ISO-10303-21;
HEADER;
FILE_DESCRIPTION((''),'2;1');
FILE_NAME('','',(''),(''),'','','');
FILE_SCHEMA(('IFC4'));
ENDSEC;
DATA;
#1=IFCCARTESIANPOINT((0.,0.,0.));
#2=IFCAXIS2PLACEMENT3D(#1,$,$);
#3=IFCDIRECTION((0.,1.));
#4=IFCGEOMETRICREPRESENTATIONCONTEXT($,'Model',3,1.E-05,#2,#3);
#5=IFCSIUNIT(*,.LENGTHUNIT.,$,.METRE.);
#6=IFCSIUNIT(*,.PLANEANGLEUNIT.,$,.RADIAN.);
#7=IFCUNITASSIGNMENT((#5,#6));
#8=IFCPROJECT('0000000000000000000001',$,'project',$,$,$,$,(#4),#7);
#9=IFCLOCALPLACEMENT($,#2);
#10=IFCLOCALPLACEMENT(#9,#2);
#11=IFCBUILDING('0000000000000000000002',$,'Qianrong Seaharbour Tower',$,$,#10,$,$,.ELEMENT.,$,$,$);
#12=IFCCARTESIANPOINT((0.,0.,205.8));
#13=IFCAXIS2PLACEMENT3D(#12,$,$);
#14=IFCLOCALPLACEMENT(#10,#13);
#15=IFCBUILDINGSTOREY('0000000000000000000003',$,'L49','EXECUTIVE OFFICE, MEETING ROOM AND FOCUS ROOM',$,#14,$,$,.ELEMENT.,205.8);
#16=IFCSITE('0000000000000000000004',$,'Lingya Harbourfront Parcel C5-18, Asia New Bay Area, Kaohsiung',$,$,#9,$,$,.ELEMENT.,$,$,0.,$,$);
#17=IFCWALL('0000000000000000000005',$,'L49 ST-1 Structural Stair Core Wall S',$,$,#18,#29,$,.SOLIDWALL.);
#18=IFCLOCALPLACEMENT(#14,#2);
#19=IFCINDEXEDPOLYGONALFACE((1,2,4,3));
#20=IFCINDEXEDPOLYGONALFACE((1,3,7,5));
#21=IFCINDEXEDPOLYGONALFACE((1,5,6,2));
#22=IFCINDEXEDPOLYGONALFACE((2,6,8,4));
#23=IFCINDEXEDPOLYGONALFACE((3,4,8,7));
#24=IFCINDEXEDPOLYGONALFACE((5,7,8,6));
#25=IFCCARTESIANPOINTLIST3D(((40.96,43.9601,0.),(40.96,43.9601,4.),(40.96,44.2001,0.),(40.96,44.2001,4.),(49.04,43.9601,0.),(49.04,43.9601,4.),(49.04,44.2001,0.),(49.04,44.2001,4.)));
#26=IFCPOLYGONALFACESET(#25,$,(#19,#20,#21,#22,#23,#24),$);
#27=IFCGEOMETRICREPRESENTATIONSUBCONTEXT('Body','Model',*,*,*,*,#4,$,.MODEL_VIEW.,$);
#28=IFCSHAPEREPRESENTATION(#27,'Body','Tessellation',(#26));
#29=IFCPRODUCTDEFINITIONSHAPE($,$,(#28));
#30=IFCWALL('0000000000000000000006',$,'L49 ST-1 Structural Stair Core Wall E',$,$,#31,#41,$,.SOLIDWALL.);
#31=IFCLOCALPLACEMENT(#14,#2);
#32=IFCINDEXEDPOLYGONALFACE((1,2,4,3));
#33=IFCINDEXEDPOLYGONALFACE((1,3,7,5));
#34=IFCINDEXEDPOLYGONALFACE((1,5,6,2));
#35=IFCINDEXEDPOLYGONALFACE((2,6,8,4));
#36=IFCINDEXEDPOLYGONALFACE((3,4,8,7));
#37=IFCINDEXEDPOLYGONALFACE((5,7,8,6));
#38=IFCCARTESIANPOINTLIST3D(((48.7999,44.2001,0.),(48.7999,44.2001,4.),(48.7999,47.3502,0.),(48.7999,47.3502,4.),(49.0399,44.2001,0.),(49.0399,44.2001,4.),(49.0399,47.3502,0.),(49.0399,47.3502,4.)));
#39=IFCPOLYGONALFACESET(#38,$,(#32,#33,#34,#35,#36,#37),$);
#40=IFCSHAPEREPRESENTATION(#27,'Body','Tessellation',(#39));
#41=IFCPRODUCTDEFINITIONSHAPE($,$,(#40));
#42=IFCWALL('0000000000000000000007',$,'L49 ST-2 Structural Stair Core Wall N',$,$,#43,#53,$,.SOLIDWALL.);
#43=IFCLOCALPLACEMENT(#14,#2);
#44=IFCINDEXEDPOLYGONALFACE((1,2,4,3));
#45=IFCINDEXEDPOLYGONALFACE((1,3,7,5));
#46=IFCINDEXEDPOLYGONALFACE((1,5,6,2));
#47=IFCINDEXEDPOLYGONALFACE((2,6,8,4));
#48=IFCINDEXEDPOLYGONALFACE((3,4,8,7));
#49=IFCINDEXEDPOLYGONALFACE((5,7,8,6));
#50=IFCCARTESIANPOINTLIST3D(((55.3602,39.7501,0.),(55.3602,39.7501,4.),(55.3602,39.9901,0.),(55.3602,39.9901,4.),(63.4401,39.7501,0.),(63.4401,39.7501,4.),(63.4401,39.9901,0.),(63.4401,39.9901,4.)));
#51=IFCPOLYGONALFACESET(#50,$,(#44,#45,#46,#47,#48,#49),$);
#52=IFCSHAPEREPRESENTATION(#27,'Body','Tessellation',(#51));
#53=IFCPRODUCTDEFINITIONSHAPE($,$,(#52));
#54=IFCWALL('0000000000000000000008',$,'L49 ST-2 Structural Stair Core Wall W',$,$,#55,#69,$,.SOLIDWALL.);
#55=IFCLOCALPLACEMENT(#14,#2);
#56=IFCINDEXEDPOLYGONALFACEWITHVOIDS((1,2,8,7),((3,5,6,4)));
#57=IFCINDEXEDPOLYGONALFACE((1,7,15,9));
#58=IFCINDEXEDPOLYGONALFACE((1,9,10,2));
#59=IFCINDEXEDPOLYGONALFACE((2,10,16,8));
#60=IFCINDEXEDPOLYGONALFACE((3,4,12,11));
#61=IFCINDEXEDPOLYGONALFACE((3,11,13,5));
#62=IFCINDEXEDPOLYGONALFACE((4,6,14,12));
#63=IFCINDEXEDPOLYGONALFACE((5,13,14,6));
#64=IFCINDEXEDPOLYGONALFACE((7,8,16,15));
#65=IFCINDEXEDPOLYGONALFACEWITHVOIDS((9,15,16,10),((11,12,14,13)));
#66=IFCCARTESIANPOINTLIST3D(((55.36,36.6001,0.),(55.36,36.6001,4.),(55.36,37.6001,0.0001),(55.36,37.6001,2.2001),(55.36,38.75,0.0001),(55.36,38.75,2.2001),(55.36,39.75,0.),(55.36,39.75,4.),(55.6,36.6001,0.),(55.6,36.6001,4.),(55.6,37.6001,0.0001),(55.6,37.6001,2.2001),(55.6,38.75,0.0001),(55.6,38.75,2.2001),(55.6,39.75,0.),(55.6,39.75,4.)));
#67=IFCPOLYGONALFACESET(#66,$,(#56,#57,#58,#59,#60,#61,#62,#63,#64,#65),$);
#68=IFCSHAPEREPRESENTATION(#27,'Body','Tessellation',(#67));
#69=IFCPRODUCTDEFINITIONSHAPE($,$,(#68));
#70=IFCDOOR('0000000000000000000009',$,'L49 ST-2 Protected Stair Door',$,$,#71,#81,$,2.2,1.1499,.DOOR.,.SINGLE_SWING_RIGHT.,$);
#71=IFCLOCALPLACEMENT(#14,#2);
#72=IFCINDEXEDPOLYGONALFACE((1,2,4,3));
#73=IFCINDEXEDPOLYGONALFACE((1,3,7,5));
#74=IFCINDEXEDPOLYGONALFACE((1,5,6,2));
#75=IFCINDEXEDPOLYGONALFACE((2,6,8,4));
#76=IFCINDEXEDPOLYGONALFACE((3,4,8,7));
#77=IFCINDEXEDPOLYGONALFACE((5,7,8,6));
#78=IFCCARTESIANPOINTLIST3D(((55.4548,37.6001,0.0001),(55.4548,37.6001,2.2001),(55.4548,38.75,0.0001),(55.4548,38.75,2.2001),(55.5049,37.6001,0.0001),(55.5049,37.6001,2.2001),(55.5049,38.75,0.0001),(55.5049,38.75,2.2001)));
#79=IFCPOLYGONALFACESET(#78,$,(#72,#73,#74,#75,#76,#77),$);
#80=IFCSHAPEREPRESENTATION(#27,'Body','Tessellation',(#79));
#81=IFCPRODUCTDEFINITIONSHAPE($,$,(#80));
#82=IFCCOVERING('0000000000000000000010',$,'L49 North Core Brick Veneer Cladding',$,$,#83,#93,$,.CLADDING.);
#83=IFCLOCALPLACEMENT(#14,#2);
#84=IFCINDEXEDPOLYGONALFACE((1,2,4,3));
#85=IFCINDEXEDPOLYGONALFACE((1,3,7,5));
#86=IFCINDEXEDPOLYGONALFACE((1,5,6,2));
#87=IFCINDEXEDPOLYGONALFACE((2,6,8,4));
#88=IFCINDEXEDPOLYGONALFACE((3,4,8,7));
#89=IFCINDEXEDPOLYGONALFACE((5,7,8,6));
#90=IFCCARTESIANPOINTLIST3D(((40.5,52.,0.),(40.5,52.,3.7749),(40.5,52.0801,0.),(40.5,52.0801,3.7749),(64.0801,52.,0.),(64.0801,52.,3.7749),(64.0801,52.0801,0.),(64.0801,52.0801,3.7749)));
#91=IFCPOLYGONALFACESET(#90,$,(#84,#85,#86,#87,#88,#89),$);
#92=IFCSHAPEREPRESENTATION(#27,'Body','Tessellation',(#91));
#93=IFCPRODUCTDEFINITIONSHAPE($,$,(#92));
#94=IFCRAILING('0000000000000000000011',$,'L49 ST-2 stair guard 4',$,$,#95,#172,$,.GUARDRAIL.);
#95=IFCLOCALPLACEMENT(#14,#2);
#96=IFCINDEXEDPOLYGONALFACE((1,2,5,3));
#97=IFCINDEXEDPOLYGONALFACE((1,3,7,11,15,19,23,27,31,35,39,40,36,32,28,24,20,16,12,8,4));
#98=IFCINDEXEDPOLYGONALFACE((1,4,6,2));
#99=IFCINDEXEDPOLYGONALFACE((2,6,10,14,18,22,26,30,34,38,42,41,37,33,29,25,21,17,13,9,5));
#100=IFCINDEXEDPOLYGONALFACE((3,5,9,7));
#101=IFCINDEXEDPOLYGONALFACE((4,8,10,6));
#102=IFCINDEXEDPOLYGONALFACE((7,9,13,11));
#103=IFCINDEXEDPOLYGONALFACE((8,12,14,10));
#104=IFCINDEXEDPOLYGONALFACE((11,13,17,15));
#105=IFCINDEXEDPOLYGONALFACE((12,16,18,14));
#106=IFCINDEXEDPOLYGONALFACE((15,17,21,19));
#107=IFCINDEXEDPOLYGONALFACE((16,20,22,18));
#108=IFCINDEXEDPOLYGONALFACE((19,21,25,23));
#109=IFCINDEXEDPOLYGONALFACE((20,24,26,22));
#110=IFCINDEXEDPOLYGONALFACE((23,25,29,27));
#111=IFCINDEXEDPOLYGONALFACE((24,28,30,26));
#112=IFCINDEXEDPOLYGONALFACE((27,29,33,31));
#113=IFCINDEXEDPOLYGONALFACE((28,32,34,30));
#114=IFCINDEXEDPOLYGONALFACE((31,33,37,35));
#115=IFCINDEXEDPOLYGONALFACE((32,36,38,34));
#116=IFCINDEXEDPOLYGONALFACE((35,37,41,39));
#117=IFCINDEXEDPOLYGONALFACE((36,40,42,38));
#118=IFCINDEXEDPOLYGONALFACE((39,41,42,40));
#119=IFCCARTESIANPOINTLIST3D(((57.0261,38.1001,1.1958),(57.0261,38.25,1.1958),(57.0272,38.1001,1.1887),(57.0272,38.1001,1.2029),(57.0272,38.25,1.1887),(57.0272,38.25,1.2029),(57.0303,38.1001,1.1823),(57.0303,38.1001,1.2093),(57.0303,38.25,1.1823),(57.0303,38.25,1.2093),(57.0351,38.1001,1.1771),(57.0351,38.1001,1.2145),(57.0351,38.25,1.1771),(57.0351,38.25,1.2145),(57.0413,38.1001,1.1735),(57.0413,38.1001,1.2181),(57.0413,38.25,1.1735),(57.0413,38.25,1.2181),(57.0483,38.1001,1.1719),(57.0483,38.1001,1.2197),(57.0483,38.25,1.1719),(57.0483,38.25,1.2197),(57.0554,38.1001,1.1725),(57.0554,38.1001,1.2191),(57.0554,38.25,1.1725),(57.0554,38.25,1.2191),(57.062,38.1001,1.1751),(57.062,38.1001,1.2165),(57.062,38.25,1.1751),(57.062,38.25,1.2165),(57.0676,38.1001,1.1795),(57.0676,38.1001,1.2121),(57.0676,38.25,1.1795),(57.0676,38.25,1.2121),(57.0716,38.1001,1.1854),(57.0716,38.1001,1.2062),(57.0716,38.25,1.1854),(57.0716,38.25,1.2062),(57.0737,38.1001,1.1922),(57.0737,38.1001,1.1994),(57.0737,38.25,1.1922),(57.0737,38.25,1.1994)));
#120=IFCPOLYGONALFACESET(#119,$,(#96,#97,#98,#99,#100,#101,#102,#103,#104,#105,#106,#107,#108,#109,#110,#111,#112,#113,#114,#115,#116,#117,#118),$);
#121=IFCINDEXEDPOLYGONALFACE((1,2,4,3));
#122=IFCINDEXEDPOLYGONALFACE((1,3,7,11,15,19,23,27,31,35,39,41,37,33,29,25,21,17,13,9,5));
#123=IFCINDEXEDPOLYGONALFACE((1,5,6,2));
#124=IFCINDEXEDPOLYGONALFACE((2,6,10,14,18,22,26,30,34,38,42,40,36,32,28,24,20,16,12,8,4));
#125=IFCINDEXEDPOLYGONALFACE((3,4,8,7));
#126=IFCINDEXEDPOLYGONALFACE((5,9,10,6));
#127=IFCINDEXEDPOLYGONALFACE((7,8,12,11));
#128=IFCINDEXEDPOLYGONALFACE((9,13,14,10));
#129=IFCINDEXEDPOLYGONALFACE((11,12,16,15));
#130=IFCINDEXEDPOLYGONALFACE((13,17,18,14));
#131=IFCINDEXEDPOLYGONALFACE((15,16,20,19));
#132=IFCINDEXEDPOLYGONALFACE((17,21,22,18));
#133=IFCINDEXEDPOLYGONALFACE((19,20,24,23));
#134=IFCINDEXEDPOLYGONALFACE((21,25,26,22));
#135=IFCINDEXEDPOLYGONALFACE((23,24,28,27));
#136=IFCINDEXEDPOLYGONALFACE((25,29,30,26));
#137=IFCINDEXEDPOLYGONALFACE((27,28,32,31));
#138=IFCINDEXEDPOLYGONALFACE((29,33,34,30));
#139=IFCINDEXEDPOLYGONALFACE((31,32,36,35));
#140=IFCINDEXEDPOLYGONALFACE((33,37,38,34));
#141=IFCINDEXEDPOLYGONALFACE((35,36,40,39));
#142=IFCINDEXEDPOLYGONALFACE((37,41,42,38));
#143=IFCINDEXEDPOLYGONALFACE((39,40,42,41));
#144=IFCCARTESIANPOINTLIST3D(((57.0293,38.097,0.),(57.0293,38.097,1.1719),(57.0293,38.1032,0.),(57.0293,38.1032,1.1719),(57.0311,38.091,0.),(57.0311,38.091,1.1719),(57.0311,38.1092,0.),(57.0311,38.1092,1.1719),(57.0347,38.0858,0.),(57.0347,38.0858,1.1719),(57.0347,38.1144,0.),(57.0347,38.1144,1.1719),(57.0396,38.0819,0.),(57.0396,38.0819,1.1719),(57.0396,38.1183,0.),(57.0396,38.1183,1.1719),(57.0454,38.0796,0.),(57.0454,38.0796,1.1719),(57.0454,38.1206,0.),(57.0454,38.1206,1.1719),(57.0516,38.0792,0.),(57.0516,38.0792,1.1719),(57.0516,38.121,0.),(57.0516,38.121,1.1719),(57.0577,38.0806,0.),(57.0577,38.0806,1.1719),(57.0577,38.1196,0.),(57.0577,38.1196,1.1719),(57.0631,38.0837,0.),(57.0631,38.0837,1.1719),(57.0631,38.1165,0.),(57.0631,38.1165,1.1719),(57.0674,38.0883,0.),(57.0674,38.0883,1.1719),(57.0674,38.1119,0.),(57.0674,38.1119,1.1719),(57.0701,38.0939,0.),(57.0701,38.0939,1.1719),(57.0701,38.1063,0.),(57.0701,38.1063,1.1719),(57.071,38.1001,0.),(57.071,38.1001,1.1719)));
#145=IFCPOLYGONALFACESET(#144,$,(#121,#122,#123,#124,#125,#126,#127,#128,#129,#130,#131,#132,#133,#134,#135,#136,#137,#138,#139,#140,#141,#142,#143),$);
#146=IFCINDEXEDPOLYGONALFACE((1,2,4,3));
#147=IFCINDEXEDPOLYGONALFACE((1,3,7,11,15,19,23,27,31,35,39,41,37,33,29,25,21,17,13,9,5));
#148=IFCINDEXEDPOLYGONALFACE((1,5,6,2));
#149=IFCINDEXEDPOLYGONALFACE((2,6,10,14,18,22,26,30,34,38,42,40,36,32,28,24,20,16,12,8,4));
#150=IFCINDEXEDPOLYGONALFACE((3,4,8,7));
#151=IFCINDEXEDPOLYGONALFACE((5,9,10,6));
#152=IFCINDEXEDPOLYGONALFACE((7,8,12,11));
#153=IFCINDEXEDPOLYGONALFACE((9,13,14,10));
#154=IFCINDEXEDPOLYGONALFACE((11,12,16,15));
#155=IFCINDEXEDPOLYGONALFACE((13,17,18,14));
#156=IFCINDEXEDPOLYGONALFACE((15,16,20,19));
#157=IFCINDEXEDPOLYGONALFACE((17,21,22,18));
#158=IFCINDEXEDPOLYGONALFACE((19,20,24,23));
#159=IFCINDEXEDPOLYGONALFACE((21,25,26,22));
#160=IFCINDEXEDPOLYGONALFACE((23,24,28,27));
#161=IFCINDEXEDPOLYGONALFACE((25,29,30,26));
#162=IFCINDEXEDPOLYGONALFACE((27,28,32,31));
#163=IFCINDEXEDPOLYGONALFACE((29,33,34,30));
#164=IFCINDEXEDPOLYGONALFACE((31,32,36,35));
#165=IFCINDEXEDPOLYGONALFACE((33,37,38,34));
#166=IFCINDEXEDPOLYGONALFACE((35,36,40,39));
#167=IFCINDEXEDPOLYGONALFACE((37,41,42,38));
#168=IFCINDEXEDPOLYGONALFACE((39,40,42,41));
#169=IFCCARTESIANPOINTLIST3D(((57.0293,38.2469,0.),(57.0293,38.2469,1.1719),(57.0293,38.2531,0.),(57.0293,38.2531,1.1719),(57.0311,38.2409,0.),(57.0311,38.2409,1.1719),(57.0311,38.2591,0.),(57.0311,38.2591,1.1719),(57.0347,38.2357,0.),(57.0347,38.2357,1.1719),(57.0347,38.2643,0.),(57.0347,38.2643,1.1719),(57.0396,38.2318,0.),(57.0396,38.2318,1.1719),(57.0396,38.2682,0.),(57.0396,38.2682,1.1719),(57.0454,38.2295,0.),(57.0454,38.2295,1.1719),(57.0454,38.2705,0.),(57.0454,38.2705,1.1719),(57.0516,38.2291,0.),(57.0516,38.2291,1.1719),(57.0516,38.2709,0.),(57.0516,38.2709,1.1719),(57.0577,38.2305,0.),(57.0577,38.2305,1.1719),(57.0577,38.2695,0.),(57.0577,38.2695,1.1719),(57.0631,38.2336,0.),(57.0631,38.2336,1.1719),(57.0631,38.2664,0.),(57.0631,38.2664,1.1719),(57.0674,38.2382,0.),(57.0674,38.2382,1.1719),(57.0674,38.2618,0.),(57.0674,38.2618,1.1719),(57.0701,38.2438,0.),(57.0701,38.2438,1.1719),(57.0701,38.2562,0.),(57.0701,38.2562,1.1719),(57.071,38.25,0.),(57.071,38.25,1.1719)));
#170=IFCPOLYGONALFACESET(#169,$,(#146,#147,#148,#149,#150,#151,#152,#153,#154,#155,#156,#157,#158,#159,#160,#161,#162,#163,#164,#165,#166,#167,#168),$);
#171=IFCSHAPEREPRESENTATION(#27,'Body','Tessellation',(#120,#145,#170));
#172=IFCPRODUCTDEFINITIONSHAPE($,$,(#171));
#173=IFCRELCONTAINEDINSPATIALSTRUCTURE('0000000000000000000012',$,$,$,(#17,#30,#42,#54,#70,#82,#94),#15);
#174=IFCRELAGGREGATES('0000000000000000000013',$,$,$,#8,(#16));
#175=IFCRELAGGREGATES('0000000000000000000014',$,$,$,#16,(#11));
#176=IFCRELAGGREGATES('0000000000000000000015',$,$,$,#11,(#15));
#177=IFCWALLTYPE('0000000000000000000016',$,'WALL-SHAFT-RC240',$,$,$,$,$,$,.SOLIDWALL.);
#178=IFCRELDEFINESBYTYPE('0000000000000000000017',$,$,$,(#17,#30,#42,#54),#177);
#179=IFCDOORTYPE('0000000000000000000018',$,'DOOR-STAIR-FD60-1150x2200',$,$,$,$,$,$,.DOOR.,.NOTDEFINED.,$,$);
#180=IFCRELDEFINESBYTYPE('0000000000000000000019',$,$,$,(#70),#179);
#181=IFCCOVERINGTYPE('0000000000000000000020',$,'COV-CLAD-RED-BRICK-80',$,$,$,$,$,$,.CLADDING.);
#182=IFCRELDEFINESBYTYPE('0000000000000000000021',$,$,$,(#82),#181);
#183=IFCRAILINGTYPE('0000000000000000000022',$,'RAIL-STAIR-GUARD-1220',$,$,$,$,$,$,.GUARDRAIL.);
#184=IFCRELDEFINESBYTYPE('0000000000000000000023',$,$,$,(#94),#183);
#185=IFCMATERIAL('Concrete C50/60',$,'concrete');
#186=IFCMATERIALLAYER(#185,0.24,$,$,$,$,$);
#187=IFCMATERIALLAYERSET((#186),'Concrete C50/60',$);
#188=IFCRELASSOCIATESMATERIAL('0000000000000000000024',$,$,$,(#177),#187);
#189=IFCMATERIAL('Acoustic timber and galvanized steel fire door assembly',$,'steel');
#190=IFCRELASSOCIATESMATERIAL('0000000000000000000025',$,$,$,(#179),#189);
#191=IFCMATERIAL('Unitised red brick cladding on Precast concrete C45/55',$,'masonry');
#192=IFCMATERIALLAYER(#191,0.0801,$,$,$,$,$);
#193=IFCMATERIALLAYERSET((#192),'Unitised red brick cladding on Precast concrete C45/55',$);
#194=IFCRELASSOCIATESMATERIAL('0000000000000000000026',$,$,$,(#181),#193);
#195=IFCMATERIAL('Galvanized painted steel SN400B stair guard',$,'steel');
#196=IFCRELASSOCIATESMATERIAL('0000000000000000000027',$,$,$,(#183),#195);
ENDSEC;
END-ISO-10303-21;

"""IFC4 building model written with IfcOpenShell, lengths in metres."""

from ifc_helpers import new_model, si_unit, direction, frame, frame_2d, origin, origin_2d, place, context, subcontext, project, spatial, rectangle, circle, extrude, material, layer, layer_set, type_object, element, fill, save


model = new_model("IFC4")

# Units and contexts
model_context = context("Model", 3, precision=1e-05, world=origin(), true_north=direction((0.0, 1.0)))
body_context = subcontext(model_context, "Body", "Model", "MODEL_VIEW")
ifc_project = project(units=[si_unit("LENGTHUNIT", "METRE"), si_unit("PLANEANGLEUNIT", "RADIAN")], contexts=[model_context])

# Site, building, storey
site_placement = place(None, origin())
site = spatial("IfcSite", under=ifc_project, at=site_placement, Name="Lingya Harbourfront Parcel C5-18, Asia New Bay Area, Kaohsiung", CompositionType="ELEMENT", RefElevation=0.0)
building_placement = place(site_placement, origin())
building = spatial("IfcBuilding", under=site, at=building_placement, Name="Qianrong Seaharbour Tower", CompositionType="ELEMENT")
storey_placement = place(building_placement, frame((0.0, 0.0, 205.8)))
storey = spatial("IfcBuildingStorey", under=building, at=storey_placement, Name="L49", Description="EXECUTIVE OFFICE, MEETING ROOM AND FOCUS ROOM", CompositionType="ELEMENT", Elevation=205.8)

# Shared definitions
ifc_material_1 = material(Name="Concrete C50/60", Category="concrete")

# Shared definitions
ifc_material_2 = material(Name="Acoustic timber and galvanized steel fire door assembly", Category="steel")

# Walls
ifc_layer_1 = layer(ifc_material_1, 0.24)
ifc_layer_set_1 = layer_set([ifc_layer_1], Name="Concrete C50/60")
wall_type_1 = type_object("IfcWallType", Name="WALL-SHAFT-RC240", PredefinedType="SOLIDWALL", material=ifc_layer_set_1)
wall_1_placement = place(storey_placement, frame((49.04, 44.0801, 0.0), z_axis=(0.0, 0.0, 1.0), x_axis=(-1.0, 0.0, 0.0)))
element("IfcWall", 1, at=wall_1_placement, inside=storey, type_object=wall_type_1, Name="L49 ST-1 Structural Stair Core Wall S", PredefinedType="SOLIDWALL", context=body_context, shape_type="SweptSolid", body=[
    extrude(rectangle(XDim=8.0801, YDim=0.24, at=frame_2d((4.04, 0.0))), origin(), (0.0, 0.0, 1.0), 4.0),
])
wall_2_placement = place(storey_placement, frame((48.9199, 44.2, 0.0), z_axis=(0.0, 0.0, 1.0), x_axis=(0.0, 1.0, 0.0)))
element("IfcWall", 2, at=wall_2_placement, inside=storey, type_object=wall_type_1, Name="L49 ST-1 Structural Stair Core Wall E", PredefinedType="SOLIDWALL", context=body_context, shape_type="SweptSolid", body=[
    extrude(rectangle(XDim=3.1501, YDim=0.24, at=frame_2d((1.5752, 0.0))), origin(), (0.0, 0.0, 1.0), 4.0),
])
wall_3_placement = place(storey_placement, frame((55.3601, 39.8701, 0.0), z_axis=(0.0, 0.0, 1.0), x_axis=(1.0, 0.0, 0.0)))
element("IfcWall", 3, at=wall_3_placement, inside=storey, type_object=wall_type_1, Name="L49 ST-2 Structural Stair Core Wall N", PredefinedType="SOLIDWALL", context=body_context, shape_type="SweptSolid", body=[
    extrude(rectangle(XDim=8.0798, YDim=0.24, at=frame_2d((4.04, 0.0))), origin(), (0.0, 0.0, 1.0), 4.0),
])

# Wall, opening, door
wall_4_placement = place(storey_placement, frame((55.48, 39.75, 0.0), z_axis=(0.0, 0.0, 1.0), x_axis=(0.0, -1.0, 0.0)))
wall_4 = element("IfcWall", 4, at=wall_4_placement, inside=storey, type_object=wall_type_1, Name="L49 ST-2 Structural Stair Core Wall W", PredefinedType="SOLIDWALL", context=body_context, shape_type="SweptSolid", body=[
    extrude(rectangle(XDim=3.1499, YDim=0.24, at=frame_2d((1.575, 0.0))), origin(), (0.0, 0.0, 1.0), 4.0),
])
opening_1_placement = place(wall_4_placement, frame((1.0, 0.0, 0.0)))
opening_1 = element("IfcOpeningElement", 5, at=opening_1_placement, cuts=wall_4, PredefinedType="OPENING", context=body_context, shape_type="SweptSolid", body=[
    extrude(rectangle(XDim=1.1499, YDim=2.2, at=frame_2d((0.575, 1.1001))), frame((0.0, 0.1299, 0.0), z_axis=(0.0, -1.0, 0.0), x_axis=(1.0, 0.0, 0.0)), (0.0, 0.0, 1.0), 0.26),
])
door_type_1 = type_object("IfcDoorType", Name="DOOR-STAIR-FD60-1150x2200", OperationType="NOTDEFINED", PredefinedType="DOOR", material=ifc_material_2)
door_1_placement = place(opening_1_placement, origin())
door_1 = element("IfcDoor", 6, at=door_1_placement, inside=storey, type_object=door_type_1, Name="L49 ST-2 Protected Stair Door", OperationType="SINGLE_SWING_RIGHT", OverallHeight=2.2, OverallWidth=1.1499, PredefinedType="DOOR", context=body_context, shape_type="SweptSolid", body=[
    extrude(rectangle(XDim=1.1499, YDim=2.2, at=frame_2d((0.575, 1.1001))), frame((0.0, 0.0249, 0.0), z_axis=(0.0, -1.0, 0.0), x_axis=(1.0, 0.0, 0.0)), (0.0, 0.0, 1.0), 0.05),
])
fill(opening_1, door_1)

# Covering
ifc_material_3 = material(Name="Unitised red brick cladding on Precast concrete C45/55", Category="masonry")
ifc_layer_2 = layer(ifc_material_3, 0.0801)
ifc_layer_set_2 = layer_set([ifc_layer_2], Name="Unitised red brick cladding on Precast concrete C45/55")
covering_type = type_object("IfcCoveringType", Name="COV-CLAD-RED-BRICK-80", PredefinedType="CLADDING", material=ifc_layer_set_2)
covering_placement = place(storey_placement, frame((52.29, 52.04, 0.0), z_axis=(0.0, 0.0, 1.0), x_axis=(1.0, 0.0, 0.0)))
element("IfcCovering", 7, at=covering_placement, inside=storey, type_object=covering_type, Name="L49 North Core Brick Veneer Cladding", PredefinedType="CLADDING", context=body_context, shape_type="SweptSolid", body=[
    extrude(rectangle(XDim=23.5801, YDim=0.0801, at=origin_2d()), origin(), (0.0, 0.0, 1.0), 3.7749),
])

# Railing
ifc_material_4 = material(Name="Galvanized painted steel SN400B stair guard", Category="steel")
railing_type = type_object("IfcRailingType", Name="RAIL-STAIR-GUARD-1220", PredefinedType="GUARDRAIL", material=ifc_material_4)
railing_placement = place(storey_placement, frame((57.05, 38.1001, 0.0)))
element("IfcRailing", 8, at=railing_placement, inside=storey, type_object=railing_type, Name="L49 ST-2 stair guard 4", PredefinedType="GUARDRAIL", context=body_context, shape_type="SweptSolid", body=[
    extrude(circle(Radius=0.0239, at=origin_2d()), frame((0.0, 0.0, 1.1958), z_axis=(0.0, 1.0, 0.0), x_axis=(-1.0, 0.0, 0.0)), (0.0, 0.0, 1.0), 0.1499),
    extrude(circle(Radius=0.021, at=origin_2d()), origin(), (0.0, 0.0, 1.0), 1.1719),
    extrude(circle(Radius=0.021, at=origin_2d()), frame((0.0, 0.1499, 0.0)), (0.0, 0.0, 1.0), 1.1719),
])

save(model, "model.ifc")
